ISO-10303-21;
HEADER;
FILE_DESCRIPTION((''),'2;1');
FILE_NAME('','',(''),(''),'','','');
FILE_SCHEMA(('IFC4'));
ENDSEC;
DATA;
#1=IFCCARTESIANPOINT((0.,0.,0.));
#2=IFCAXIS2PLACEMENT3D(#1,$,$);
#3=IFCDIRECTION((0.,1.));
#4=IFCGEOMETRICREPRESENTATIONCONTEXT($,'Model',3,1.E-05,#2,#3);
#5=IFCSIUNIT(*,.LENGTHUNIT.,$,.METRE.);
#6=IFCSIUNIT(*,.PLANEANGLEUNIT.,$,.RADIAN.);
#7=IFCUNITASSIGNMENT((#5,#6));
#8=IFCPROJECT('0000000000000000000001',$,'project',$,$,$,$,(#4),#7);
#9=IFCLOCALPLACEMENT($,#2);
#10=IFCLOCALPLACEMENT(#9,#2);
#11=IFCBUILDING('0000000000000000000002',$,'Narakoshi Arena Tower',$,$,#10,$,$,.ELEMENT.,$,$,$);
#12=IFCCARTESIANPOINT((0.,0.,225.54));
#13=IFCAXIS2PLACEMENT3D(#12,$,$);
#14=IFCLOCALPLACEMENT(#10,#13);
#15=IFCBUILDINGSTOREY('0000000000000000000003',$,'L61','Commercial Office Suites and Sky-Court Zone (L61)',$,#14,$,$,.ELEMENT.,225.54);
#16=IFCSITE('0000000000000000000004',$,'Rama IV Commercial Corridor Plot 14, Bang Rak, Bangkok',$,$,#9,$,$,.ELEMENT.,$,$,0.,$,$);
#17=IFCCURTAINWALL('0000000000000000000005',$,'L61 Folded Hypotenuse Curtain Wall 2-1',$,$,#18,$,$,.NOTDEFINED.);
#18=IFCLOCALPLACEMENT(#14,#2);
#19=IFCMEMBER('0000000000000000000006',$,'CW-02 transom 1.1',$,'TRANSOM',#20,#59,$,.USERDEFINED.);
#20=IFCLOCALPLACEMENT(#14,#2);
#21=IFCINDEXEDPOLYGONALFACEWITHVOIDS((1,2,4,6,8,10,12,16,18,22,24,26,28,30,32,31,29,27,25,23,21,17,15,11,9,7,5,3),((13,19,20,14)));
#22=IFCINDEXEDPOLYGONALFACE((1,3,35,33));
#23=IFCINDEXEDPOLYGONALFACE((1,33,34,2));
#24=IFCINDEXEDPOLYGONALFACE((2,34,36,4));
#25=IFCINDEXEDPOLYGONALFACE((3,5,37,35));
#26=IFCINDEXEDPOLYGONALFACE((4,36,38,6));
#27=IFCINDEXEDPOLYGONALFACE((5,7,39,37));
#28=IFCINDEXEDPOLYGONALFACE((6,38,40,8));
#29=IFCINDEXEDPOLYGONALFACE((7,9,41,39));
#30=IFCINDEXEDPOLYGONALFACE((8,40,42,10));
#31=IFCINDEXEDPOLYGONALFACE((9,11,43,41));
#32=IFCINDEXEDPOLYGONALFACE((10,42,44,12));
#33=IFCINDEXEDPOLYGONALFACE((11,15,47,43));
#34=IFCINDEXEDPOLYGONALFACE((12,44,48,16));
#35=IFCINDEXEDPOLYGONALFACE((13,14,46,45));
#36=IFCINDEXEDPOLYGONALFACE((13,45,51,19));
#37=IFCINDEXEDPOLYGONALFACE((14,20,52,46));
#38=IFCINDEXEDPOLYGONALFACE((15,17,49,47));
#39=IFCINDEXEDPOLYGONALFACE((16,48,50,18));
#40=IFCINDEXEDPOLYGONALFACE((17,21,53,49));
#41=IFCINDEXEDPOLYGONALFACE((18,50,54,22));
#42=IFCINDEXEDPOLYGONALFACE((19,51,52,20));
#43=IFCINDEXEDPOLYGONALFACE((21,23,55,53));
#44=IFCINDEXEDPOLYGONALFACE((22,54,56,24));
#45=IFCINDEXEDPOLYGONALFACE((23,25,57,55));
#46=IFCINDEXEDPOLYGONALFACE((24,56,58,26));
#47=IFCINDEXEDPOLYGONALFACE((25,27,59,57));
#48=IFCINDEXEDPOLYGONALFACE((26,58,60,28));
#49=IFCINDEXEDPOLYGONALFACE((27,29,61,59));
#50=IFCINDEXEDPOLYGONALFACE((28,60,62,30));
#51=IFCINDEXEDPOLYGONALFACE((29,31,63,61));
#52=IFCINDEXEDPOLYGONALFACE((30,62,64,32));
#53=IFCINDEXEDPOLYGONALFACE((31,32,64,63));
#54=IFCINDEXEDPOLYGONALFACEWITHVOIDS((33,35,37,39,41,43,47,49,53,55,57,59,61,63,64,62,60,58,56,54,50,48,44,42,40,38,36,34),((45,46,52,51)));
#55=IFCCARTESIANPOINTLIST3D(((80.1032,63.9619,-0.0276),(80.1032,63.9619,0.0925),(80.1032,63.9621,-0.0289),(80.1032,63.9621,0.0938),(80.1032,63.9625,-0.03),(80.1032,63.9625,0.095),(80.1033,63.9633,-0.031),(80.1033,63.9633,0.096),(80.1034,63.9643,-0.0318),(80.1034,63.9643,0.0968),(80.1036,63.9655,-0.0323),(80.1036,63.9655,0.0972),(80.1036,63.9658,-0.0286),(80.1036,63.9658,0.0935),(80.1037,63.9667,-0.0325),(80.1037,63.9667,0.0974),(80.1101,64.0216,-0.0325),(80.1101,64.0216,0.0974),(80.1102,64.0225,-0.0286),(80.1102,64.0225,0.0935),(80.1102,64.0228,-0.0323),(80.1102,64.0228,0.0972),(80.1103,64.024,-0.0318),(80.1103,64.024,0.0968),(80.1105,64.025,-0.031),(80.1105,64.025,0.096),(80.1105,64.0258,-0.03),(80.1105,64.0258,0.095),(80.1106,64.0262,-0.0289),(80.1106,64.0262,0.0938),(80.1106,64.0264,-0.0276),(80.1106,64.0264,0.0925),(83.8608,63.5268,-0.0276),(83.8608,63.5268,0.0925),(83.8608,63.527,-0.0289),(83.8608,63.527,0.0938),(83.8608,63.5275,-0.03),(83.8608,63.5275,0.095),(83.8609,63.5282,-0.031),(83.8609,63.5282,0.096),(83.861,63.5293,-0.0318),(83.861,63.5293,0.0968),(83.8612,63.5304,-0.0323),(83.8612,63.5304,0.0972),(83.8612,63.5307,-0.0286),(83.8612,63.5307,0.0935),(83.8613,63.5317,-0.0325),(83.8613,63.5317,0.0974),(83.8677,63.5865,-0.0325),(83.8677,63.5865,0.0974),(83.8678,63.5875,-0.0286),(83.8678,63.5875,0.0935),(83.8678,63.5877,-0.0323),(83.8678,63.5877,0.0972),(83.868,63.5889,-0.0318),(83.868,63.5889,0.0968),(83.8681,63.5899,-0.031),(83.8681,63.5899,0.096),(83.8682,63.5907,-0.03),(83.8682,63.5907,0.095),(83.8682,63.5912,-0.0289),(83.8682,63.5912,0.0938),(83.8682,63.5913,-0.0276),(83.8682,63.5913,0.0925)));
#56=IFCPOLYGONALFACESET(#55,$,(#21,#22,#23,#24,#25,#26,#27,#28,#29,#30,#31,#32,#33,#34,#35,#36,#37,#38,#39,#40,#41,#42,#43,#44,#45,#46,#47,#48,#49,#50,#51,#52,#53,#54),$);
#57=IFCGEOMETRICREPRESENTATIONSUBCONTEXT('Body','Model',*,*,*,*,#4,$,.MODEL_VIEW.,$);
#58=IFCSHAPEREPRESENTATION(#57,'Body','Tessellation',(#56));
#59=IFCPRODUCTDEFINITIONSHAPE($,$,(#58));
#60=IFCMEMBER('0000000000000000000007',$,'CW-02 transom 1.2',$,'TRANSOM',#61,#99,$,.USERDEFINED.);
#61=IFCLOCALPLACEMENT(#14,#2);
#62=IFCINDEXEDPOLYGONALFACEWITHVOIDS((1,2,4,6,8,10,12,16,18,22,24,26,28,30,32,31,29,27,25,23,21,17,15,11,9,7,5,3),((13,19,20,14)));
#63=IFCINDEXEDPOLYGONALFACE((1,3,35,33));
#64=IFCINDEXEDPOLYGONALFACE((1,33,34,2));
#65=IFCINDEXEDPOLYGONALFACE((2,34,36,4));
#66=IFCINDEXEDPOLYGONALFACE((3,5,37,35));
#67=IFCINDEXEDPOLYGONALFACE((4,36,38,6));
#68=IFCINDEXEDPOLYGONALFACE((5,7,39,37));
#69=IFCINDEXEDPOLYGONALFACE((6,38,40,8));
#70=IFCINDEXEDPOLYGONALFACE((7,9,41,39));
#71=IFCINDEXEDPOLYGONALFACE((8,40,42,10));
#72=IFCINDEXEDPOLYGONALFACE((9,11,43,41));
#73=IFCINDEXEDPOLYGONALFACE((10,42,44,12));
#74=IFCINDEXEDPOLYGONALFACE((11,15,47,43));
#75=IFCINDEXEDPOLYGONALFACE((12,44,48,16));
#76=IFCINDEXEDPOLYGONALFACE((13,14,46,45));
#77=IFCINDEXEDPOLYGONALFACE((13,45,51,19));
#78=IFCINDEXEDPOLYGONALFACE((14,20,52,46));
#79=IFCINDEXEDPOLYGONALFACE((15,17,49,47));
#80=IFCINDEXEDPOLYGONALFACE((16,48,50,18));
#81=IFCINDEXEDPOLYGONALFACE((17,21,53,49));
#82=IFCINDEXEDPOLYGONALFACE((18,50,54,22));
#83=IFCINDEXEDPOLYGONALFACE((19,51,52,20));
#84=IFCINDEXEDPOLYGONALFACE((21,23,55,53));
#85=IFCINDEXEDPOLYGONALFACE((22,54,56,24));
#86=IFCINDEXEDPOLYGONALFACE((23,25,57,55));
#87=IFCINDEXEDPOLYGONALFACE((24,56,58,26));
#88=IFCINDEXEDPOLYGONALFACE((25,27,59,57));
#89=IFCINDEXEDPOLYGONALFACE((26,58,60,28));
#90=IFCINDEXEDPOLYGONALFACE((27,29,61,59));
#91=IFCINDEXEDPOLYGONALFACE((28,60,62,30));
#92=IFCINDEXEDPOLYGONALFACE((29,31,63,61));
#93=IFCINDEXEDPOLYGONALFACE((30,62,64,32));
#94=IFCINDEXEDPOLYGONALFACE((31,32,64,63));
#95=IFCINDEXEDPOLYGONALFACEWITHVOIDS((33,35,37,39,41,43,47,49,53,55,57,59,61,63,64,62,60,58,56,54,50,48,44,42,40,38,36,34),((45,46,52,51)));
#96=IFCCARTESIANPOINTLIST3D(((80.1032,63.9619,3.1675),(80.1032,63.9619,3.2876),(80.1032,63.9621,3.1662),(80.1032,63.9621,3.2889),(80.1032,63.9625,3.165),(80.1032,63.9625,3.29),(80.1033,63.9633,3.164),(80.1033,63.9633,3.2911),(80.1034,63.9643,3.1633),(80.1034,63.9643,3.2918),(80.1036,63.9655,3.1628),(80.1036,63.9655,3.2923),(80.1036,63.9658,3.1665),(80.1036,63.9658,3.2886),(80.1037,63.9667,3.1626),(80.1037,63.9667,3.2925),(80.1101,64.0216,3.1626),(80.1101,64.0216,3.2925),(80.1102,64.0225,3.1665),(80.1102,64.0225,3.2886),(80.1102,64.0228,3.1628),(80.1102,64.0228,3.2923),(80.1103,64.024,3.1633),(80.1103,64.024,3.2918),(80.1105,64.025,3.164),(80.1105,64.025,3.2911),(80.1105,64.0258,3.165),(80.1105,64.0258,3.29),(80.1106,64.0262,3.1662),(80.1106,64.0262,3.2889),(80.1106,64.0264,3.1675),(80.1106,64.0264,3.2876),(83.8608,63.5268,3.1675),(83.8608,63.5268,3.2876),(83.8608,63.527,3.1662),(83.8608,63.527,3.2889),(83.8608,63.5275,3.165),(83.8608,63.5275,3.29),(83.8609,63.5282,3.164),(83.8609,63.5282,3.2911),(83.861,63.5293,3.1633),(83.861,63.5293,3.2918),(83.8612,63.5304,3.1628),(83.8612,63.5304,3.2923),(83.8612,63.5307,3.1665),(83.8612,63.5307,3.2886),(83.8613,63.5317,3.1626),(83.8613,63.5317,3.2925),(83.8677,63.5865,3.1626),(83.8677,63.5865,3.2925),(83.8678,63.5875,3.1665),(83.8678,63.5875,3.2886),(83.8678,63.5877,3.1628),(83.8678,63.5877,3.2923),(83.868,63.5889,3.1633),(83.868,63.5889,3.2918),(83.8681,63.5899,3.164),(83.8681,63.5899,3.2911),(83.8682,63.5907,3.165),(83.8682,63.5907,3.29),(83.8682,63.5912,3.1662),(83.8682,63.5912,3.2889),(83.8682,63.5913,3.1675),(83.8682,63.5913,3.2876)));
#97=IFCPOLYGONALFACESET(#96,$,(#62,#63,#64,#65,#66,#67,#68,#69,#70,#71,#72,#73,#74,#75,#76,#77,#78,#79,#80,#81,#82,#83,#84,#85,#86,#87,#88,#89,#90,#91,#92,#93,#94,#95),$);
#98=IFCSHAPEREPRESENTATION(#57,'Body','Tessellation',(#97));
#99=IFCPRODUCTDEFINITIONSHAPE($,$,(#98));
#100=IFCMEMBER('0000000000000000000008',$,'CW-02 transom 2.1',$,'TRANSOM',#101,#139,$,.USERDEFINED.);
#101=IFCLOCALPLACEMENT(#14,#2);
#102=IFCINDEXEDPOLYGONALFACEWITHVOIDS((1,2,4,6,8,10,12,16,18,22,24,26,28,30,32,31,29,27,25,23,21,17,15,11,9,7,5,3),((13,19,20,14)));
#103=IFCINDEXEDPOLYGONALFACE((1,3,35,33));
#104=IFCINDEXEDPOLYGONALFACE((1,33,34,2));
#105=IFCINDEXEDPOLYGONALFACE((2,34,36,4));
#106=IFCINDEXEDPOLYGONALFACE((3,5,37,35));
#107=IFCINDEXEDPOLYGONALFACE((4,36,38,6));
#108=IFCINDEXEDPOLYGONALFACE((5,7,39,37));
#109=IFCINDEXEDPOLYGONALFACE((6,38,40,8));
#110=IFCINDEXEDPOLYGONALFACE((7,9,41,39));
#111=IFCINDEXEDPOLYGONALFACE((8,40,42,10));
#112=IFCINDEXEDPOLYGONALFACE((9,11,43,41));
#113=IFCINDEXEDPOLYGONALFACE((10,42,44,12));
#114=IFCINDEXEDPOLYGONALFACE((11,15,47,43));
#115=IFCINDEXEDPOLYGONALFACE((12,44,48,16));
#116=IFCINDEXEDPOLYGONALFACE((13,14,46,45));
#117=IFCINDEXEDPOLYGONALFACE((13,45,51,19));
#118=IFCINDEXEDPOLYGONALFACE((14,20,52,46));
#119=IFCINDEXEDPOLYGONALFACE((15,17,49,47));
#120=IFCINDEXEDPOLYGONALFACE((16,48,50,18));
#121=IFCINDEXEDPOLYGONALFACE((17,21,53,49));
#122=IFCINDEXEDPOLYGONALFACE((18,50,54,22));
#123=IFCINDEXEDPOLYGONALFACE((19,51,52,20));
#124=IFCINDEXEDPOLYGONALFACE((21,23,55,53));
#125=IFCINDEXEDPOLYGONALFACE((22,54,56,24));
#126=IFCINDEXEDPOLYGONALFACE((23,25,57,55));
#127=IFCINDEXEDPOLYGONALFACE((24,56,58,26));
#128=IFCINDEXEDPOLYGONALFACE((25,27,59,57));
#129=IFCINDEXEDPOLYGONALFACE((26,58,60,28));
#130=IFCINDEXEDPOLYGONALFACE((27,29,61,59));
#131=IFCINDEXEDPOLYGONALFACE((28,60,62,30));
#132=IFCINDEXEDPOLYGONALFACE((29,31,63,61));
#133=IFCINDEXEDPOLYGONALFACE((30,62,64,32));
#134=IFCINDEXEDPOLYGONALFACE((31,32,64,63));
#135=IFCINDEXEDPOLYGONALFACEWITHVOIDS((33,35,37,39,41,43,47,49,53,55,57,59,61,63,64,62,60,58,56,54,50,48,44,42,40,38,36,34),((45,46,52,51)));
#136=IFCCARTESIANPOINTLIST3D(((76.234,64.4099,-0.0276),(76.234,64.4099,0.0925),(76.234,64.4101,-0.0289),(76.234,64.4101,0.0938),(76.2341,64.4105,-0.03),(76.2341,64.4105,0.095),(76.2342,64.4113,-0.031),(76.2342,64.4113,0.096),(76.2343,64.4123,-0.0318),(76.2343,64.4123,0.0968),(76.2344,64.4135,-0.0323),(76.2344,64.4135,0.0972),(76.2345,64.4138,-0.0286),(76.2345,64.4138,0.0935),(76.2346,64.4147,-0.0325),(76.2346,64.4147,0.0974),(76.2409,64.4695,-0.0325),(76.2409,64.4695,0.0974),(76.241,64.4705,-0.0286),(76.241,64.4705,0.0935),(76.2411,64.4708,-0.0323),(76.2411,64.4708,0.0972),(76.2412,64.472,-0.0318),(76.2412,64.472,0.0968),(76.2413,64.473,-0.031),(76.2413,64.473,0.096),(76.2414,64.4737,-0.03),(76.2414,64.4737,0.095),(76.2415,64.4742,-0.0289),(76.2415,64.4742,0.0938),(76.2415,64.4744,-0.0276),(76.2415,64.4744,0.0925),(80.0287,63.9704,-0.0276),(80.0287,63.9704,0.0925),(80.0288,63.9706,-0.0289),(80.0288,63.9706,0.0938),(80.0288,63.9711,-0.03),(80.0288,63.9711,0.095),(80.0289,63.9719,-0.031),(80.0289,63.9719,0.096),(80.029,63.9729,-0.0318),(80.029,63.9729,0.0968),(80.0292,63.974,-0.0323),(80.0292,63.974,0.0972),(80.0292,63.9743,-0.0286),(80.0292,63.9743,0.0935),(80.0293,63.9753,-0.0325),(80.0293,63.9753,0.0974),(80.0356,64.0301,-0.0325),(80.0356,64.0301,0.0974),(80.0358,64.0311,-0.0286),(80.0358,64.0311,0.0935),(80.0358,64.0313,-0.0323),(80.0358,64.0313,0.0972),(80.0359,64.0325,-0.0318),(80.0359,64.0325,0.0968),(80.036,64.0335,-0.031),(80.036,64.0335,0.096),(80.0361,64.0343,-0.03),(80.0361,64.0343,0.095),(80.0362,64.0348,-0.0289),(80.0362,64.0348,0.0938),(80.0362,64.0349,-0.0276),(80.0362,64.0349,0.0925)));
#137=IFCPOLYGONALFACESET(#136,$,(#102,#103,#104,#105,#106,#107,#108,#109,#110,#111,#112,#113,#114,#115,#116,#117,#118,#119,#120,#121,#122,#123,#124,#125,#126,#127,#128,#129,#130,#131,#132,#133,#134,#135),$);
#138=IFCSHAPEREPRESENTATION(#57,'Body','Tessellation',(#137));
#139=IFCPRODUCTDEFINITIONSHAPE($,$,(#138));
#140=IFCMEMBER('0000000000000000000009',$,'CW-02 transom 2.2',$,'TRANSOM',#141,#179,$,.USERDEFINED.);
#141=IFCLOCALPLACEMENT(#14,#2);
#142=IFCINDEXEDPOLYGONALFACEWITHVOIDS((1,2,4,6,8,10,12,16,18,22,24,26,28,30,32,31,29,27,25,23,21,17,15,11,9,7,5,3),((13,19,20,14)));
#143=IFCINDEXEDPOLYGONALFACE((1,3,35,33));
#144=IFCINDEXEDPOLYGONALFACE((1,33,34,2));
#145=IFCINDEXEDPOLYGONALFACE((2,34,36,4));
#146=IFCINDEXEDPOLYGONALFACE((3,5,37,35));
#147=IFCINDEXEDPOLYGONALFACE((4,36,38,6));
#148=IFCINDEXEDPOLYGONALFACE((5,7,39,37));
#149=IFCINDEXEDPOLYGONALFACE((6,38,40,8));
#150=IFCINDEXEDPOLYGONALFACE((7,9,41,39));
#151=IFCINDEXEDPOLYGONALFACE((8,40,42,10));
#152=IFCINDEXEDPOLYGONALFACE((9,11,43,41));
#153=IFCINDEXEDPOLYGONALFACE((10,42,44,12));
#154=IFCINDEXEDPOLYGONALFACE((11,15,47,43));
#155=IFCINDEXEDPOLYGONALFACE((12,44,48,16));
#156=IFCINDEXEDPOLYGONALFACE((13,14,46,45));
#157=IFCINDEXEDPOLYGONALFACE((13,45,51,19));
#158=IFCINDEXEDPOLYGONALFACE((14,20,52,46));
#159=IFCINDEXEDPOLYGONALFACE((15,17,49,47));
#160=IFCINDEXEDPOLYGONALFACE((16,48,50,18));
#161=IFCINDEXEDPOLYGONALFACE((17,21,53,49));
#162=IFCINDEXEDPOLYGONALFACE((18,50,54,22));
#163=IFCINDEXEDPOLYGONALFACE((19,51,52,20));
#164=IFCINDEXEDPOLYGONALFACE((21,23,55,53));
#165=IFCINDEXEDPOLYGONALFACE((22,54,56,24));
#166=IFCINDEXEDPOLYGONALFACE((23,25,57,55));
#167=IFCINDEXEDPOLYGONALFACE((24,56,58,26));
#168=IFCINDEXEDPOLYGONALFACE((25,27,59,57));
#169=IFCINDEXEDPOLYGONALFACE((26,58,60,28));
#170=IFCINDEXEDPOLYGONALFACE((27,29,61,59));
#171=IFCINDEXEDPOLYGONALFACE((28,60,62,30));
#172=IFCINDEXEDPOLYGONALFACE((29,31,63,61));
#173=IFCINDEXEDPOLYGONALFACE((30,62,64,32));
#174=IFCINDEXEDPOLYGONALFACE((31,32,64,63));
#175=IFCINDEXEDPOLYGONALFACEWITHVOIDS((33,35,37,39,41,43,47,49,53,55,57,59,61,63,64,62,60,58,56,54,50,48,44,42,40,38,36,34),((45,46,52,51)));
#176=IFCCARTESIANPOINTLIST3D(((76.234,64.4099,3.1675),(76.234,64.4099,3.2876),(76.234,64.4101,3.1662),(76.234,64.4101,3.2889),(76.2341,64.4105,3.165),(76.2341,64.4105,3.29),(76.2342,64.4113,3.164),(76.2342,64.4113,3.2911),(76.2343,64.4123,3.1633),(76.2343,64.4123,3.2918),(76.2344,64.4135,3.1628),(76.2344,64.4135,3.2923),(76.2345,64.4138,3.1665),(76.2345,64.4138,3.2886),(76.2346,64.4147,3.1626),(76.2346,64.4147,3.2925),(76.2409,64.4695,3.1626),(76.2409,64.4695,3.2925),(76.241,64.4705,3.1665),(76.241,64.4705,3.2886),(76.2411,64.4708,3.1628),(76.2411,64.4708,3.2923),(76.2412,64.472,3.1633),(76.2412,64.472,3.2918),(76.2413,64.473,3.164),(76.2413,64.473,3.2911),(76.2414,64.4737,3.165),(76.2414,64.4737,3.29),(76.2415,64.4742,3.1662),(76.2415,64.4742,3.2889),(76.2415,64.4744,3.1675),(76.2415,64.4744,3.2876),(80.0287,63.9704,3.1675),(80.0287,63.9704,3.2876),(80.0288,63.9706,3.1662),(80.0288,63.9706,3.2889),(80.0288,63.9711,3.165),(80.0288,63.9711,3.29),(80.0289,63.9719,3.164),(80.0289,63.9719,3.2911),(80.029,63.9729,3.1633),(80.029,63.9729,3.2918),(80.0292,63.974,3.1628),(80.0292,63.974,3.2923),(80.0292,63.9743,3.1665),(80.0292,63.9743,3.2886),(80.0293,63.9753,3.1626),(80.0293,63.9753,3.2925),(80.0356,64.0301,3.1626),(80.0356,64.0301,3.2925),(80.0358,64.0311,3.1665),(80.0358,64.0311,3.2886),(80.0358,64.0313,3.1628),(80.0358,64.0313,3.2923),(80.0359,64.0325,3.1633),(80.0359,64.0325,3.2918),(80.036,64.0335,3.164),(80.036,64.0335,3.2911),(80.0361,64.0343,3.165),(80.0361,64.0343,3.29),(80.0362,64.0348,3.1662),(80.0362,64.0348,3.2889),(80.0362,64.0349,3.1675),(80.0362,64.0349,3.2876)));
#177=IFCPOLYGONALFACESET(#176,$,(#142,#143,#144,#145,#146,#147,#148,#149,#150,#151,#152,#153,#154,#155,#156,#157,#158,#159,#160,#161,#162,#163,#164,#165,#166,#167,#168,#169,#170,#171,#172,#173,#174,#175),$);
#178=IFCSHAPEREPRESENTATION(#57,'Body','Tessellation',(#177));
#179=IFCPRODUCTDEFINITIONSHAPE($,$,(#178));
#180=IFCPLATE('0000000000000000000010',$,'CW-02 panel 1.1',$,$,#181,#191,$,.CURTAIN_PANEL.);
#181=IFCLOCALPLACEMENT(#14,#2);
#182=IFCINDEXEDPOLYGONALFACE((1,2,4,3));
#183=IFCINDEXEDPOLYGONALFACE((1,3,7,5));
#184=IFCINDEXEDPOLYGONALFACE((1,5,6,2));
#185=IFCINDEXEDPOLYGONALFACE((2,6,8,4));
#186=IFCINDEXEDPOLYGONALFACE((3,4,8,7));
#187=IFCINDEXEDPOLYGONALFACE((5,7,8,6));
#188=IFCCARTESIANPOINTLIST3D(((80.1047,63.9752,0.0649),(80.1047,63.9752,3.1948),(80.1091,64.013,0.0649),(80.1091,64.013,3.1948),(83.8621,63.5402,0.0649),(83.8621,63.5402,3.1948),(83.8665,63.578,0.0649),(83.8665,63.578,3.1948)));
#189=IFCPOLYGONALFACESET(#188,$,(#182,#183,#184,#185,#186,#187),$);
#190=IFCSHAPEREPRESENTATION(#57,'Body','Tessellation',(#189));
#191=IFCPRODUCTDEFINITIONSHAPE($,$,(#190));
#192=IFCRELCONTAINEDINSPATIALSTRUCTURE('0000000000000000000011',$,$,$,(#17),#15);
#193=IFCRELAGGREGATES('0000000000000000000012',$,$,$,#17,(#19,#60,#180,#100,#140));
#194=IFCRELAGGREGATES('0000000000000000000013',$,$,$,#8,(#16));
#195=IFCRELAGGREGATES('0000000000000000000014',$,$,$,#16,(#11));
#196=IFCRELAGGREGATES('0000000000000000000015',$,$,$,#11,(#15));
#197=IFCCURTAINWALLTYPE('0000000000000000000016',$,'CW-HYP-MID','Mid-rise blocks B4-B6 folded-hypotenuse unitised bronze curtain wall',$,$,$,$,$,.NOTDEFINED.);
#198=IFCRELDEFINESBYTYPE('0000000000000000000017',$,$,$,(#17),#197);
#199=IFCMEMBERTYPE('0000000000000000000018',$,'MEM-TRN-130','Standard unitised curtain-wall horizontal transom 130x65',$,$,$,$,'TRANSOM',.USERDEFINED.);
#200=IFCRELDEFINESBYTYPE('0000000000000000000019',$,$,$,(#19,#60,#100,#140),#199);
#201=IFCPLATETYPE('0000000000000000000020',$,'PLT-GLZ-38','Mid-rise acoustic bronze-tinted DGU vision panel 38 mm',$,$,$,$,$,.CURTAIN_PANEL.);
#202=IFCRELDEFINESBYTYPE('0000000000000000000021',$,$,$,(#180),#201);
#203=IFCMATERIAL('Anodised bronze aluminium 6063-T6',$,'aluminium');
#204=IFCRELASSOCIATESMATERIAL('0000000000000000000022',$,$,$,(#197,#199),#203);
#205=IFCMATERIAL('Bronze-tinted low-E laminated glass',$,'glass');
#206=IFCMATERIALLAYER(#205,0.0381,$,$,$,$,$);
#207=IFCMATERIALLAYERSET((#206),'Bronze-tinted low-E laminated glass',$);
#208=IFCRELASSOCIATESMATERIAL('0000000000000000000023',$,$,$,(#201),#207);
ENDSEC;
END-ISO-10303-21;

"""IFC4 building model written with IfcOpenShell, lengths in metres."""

from ifc_helpers import new_model, si_unit, direction, frame, origin, origin_2d, place, context, subcontext, project, spatial, rectangle, hollow_rectangle, extrude, material, layer, layer_set, material_profile, profile_set, type_object, element, aggregate, save


model = new_model("IFC4")

# Units and contexts
model_context = context("Model", 3, precision=1e-05, world=origin(), true_north=direction((0.0, 1.0)))
body_context = subcontext(model_context, "Body", "Model", "MODEL_VIEW")
ifc_project = project(units=[si_unit("LENGTHUNIT", "METRE"), si_unit("PLANEANGLEUNIT", "RADIAN")], contexts=[model_context])

# Site, building, storey
site_placement = place(None, origin())
site = spatial("IfcSite", under=ifc_project, at=site_placement, Name="Rama IV Commercial Corridor Plot 14, Bang Rak, Bangkok", CompositionType="ELEMENT", RefElevation=0.0)
building_placement = place(site_placement, origin())
building = spatial("IfcBuilding", under=site, at=building_placement, Name="Narakoshi Arena Tower", CompositionType="ELEMENT")
storey_placement = place(building_placement, frame((0.0, 0.0, 225.54)))
storey = spatial("IfcBuildingStorey", under=building, at=storey_placement, Name="L61", Description="Commercial Office Suites and Sky-Court Zone (L61)", CompositionType="ELEMENT", Elevation=225.54)

# Curtain wall, members, plate
ifc_material_1 = material(Name="Anodised bronze aluminium 6063-T6", Category="aluminium")
curtain_wall_type = type_object("IfcCurtainWallType", Name="CW-HYP-MID", Description="Mid-rise blocks B4-B6 folded-hypotenuse unitised bronze curtain wall", PredefinedType="NOTDEFINED", material=ifc_material_1)
curtain_wall_placement = place(storey_placement, origin())
curtain_wall = element("IfcCurtainWall", 1, at=curtain_wall_placement, inside=storey, type_object=curtain_wall_type, Name="L61 Folded Hypotenuse Curtain Wall 2-1", PredefinedType="NOTDEFINED")
ifc_material_profile_1 = material_profile(ifc_material_1, hollow_rectangle(XDim=0.0649, YDim=0.1299, WallThickness=0.0039, OuterFilletRadius=0.0049, at=origin_2d()), Name="TRN130x65x4")
ifc_profile_set_1 = profile_set([ifc_material_profile_1], Name="Anodised bronze aluminium 6063-T6")
member_type_1 = type_object("IfcMemberType", Name="MEM-TRN-130", Description="Standard unitised curtain-wall horizontal transom 130x65", ElementType="TRANSOM", PredefinedType="USERDEFINED", material=ifc_profile_set_1)
member_1_placement = place(storey_placement, frame((83.8645, 63.5591, 0.0325), z_axis=(-0.993364, 0.115014, 0.0), x_axis=(-0.115014, -0.993364, 0.0)))
member_1 = element("IfcMember", 2, at=member_1_placement, type_object=member_type_1, Name="CW-02 transom 1.1", ObjectType="TRANSOM", PredefinedType="USERDEFINED", context=body_context, shape_type="SweptSolid", body=[
    extrude(hollow_rectangle(XDim=0.0649, YDim=0.1299, WallThickness=0.0039, OuterFilletRadius=0.0049, at=origin_2d()), origin(), (0.0, 0.0, 1.0), 3.7827),
])
member_2_placement = place(storey_placement, frame((83.8645, 63.5591, 3.2275), z_axis=(-0.993364, 0.115014, 0.0), x_axis=(-0.115014, -0.993364, 0.0)))
member_2 = element("IfcMember", 3, at=member_2_placement, type_object=member_type_1, Name="CW-02 transom 1.2", ObjectType="TRANSOM", PredefinedType="USERDEFINED", context=body_context, shape_type="SweptSolid", body=[
    extrude(hollow_rectangle(XDim=0.0649, YDim=0.1299, WallThickness=0.0039, OuterFilletRadius=0.0049, at=origin_2d()), origin(), (0.0, 0.0, 1.0), 3.7827),
])
member_3_placement = place(storey_placement, frame((80.0325, 64.0027, 0.0325), z_axis=(-0.993361, 0.115039, 0.0), x_axis=(-0.115039, -0.993361, 0.0)))
member_3 = element("IfcMember", 4, at=member_3_placement, type_object=member_type_1, Name="CW-02 transom 2.1", ObjectType="TRANSOM", PredefinedType="USERDEFINED", context=body_context, shape_type="SweptSolid", body=[
    extrude(hollow_rectangle(XDim=0.0649, YDim=0.1299, WallThickness=0.0039, OuterFilletRadius=0.0049, at=origin_2d()), origin(), (0.0, 0.0, 1.0), 3.8201),
])
member_4_placement = place(storey_placement, frame((80.0325, 64.0027, 3.2275), z_axis=(-0.993361, 0.115039, 0.0), x_axis=(-0.115039, -0.993361, 0.0)))
member_4 = element("IfcMember", 5, at=member_4_placement, type_object=member_type_1, Name="CW-02 transom 2.2", ObjectType="TRANSOM", PredefinedType="USERDEFINED", context=body_context, shape_type="SweptSolid", body=[
    extrude(hollow_rectangle(XDim=0.0649, YDim=0.1299, WallThickness=0.0039, OuterFilletRadius=0.0049, at=origin_2d()), origin(), (0.0, 0.0, 1.0), 3.8201),
])
ifc_material_2 = material(Name="Bronze-tinted low-E laminated glass", Category="glass")
ifc_layer_1 = layer(ifc_material_2, 0.0381)
ifc_layer_set_1 = layer_set([ifc_layer_1], Name="Bronze-tinted low-E laminated glass")
plate_type = type_object("IfcPlateType", Name="PLT-GLZ-38", Description="Mid-rise acoustic bronze-tinted DGU vision panel 38 mm", PredefinedType="CURTAIN_PANEL", material=ifc_layer_set_1)
plate_placement = place(storey_placement, frame((81.9856, 63.7766, 0.0649), z_axis=(0.0, 0.0, 1.0), x_axis=(-0.993364, 0.115011, 0.0)))
plate = element("IfcPlate", 6, at=plate_placement, type_object=plate_type, Name="CW-02 panel 1.1", PredefinedType="CURTAIN_PANEL", context=body_context, shape_type="SweptSolid", body=[
    extrude(rectangle(XDim=3.7825, YDim=0.0381, at=origin_2d()), origin(), (0.0, 0.0, 1.0), 3.1299),
])
aggregate(curtain_wall, [member_1, member_2, plate, member_3, member_4])

save(model, "model.ifc")
